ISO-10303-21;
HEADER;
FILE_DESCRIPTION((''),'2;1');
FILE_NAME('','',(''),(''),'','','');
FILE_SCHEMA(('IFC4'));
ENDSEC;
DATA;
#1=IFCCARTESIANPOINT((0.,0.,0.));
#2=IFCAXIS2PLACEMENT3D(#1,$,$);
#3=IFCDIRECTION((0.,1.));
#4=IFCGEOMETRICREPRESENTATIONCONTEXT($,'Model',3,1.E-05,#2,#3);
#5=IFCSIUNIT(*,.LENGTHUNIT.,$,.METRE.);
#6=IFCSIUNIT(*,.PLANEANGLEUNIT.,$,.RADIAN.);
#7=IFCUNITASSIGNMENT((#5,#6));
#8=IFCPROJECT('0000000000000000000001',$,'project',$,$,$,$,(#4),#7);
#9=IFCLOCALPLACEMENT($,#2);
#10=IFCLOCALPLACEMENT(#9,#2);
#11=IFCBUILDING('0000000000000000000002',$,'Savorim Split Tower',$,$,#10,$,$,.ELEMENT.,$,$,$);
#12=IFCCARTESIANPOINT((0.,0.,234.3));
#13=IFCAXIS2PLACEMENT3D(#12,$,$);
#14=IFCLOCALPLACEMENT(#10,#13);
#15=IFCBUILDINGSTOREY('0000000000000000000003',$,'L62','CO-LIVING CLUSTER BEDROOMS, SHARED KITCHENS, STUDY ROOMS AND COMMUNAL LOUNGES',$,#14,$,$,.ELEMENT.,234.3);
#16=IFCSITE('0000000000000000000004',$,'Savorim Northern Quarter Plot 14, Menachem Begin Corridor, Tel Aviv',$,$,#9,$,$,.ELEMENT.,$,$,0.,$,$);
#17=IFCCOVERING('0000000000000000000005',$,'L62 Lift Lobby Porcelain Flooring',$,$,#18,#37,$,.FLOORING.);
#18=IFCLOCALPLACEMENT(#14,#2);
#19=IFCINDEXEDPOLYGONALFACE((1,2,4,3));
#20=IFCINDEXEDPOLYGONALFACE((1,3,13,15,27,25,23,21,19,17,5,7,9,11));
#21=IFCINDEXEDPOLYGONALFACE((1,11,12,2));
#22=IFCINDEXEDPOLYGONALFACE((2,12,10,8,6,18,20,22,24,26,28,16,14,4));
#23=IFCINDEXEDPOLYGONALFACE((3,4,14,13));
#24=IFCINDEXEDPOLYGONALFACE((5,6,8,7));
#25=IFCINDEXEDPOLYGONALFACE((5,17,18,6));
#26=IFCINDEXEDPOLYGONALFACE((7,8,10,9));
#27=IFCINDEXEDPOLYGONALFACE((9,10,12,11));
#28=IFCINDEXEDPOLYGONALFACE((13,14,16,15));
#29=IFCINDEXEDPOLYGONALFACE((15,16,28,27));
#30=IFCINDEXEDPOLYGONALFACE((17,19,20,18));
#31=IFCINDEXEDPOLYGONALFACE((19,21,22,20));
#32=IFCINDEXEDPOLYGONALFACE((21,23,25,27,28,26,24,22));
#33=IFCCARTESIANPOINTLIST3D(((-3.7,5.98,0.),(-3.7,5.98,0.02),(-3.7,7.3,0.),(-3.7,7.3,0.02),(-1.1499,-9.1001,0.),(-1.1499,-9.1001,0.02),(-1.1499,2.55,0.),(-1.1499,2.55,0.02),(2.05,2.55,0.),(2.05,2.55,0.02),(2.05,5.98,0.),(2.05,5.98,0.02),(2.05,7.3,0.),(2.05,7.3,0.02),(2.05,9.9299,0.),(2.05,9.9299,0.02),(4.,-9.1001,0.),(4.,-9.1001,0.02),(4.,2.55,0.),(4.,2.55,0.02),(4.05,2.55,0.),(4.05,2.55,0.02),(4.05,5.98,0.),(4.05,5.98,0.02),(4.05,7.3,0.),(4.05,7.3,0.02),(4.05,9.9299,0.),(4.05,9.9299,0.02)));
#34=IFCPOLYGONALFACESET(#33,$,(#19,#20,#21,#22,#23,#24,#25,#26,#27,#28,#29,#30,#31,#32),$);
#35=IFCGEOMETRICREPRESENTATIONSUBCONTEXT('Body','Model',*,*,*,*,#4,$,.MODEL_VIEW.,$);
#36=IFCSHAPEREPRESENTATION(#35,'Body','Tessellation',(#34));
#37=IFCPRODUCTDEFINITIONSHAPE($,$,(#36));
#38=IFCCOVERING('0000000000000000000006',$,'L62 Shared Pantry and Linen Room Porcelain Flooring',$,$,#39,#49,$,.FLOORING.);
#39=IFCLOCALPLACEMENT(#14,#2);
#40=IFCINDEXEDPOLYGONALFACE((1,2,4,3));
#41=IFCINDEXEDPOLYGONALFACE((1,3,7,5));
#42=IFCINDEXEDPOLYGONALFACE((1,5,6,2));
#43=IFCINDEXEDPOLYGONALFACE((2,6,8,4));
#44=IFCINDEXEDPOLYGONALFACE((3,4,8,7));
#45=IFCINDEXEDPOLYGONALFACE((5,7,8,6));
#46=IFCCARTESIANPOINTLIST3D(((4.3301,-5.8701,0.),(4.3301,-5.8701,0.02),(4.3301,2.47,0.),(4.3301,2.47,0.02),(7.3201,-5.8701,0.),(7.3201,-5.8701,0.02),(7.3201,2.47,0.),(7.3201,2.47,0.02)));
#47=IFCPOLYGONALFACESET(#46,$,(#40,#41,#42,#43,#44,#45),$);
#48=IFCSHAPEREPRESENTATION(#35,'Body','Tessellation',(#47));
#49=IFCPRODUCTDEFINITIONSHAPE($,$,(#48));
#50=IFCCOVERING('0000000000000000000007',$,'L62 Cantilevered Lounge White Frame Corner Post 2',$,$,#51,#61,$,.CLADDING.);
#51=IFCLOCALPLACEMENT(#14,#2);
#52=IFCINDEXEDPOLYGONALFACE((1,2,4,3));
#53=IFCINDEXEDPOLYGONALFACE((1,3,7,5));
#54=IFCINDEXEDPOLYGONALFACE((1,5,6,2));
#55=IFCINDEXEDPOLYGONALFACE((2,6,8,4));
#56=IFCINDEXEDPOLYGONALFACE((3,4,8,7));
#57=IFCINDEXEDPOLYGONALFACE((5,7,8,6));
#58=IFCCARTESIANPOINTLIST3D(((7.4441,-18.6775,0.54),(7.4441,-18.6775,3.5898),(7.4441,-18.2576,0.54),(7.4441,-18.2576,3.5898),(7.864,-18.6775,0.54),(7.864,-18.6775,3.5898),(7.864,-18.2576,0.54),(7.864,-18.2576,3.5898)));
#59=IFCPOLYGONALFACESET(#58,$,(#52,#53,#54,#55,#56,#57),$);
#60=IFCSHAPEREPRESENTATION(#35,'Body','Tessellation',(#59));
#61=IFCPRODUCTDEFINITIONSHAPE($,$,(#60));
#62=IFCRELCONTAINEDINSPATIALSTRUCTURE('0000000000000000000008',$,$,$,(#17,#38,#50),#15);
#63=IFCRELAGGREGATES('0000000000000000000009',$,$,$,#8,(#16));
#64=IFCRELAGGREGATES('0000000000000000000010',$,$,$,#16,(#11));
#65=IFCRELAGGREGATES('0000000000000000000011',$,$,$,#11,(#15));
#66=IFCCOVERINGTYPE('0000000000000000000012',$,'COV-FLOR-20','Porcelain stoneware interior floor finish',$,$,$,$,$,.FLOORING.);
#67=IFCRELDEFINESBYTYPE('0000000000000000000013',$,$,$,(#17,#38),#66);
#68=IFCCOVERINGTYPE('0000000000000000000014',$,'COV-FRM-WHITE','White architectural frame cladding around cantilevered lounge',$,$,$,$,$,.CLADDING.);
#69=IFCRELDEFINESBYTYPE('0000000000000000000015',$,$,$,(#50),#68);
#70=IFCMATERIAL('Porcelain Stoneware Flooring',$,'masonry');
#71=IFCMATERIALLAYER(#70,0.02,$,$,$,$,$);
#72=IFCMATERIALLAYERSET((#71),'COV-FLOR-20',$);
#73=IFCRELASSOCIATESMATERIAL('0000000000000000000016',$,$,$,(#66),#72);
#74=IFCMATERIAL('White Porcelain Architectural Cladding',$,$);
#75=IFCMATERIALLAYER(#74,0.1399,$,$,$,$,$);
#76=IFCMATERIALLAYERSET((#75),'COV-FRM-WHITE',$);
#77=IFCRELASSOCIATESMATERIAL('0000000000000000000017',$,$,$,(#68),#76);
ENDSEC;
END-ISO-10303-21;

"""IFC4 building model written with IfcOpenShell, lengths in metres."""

from ifc_helpers import new_model, si_unit, direction, frame, origin, place, context, subcontext, project, spatial, polyline, outline, extrude, material, layer, layer_set, type_object, element, save


model = new_model("IFC4")

# Units and contexts
model_context = context("Model", 3, precision=1e-05, world=origin(), true_north=direction((0.0, 1.0)))
body_context = subcontext(model_context, "Body", "Model", "MODEL_VIEW")
ifc_project = project(units=[si_unit("LENGTHUNIT", "METRE"), si_unit("PLANEANGLEUNIT", "RADIAN")], contexts=[model_context])

# Site, building, storey
site_placement = place(None, origin())
site = spatial("IfcSite", under=ifc_project, at=site_placement, Name="Savorim Northern Quarter Plot 14, Menachem Begin Corridor, Tel Aviv", CompositionType="ELEMENT", RefElevation=0.0)
building_placement = place(site_placement, origin())
building = spatial("IfcBuilding", under=site, at=building_placement, Name="Savorim Split Tower", CompositionType="ELEMENT")
storey_placement = place(building_placement, frame((0.0, 0.0, 234.3)))
storey = spatial("IfcBuildingStorey", under=building, at=storey_placement, Name="L62", Description="CO-LIVING CLUSTER BEDROOMS, SHARED KITCHENS, STUDY ROOMS AND COMMUNAL LOUNGES", CompositionType="ELEMENT", Elevation=234.3)

# Coverings
ifc_material_1 = material(Name="Porcelain Stoneware Flooring", Category="masonry")
ifc_layer_1 = layer(ifc_material_1, 0.02)
ifc_layer_set_1 = layer_set([ifc_layer_1], Name="COV-FLOR-20")
covering_type_1 = type_object("IfcCoveringType", Name="COV-FLOR-20", Description="Porcelain stoneware interior floor finish", PredefinedType="FLOORING", material=ifc_layer_set_1)
covering_1_placement = place(storey_placement, origin())
element("IfcCovering", 1, at=covering_1_placement, inside=storey, type_object=covering_type_1, Name="L62 Lift Lobby Porcelain Flooring", PredefinedType="FLOORING", context=body_context, shape_type="SweptSolid", body=[
    extrude(outline(polyline([(2.05, 2.55), (-1.1499, 2.55), (-1.1499, -9.1001), (4.0, -9.1001), (4.0, 2.55), (4.05, 2.55), (4.05, 5.98), (4.05, 7.3), (4.05, 9.9299), (2.05, 9.9299), (2.05, 7.3), (-3.7, 7.3), (-3.7, 5.98), (2.05, 5.98), (2.05, 2.55)])), origin(), (0.0, 0.0, 1.0), 0.02),
])
covering_2_placement = place(storey_placement, origin())
element("IfcCovering", 2, at=covering_2_placement, inside=storey, type_object=covering_type_1, Name="L62 Shared Pantry and Linen Room Porcelain Flooring", PredefinedType="FLOORING", context=body_context, shape_type="SweptSolid", body=[
    extrude(outline(polyline([(4.3301, 2.47), (4.3301, -5.8701), (7.3201, -5.8701), (7.3201, 2.47), (4.3301, 2.47)])), origin(), (0.0, 0.0, 1.0), 0.02),
])
ifc_material_2 = material(Name="White Porcelain Architectural Cladding")
ifc_layer_2 = layer(ifc_material_2, 0.1399)
ifc_layer_set_2 = layer_set([ifc_layer_2], Name="COV-FRM-WHITE")
covering_type_2 = type_object("IfcCoveringType", Name="COV-FRM-WHITE", Description="White architectural frame cladding around cantilevered lounge", PredefinedType="CLADDING", material=ifc_layer_set_2)
covering_3_placement = place(storey_placement, frame((0.0, 0.0, 0.54)))
element("IfcCovering", 3, at=covering_3_placement, inside=storey, type_object=covering_type_2, Name="L62 Cantilevered Lounge White Frame Corner Post 2", PredefinedType="CLADDING", context=body_context, shape_type="SweptSolid", body=[
    extrude(outline(polyline([(7.4441, -18.6775), (7.864, -18.6775), (7.864, -18.2576), (7.4441, -18.2576), (7.4441, -18.6775)])), origin(), (0.0, 0.0, 1.0), 3.0498),
])

save(model, "model.ifc")
